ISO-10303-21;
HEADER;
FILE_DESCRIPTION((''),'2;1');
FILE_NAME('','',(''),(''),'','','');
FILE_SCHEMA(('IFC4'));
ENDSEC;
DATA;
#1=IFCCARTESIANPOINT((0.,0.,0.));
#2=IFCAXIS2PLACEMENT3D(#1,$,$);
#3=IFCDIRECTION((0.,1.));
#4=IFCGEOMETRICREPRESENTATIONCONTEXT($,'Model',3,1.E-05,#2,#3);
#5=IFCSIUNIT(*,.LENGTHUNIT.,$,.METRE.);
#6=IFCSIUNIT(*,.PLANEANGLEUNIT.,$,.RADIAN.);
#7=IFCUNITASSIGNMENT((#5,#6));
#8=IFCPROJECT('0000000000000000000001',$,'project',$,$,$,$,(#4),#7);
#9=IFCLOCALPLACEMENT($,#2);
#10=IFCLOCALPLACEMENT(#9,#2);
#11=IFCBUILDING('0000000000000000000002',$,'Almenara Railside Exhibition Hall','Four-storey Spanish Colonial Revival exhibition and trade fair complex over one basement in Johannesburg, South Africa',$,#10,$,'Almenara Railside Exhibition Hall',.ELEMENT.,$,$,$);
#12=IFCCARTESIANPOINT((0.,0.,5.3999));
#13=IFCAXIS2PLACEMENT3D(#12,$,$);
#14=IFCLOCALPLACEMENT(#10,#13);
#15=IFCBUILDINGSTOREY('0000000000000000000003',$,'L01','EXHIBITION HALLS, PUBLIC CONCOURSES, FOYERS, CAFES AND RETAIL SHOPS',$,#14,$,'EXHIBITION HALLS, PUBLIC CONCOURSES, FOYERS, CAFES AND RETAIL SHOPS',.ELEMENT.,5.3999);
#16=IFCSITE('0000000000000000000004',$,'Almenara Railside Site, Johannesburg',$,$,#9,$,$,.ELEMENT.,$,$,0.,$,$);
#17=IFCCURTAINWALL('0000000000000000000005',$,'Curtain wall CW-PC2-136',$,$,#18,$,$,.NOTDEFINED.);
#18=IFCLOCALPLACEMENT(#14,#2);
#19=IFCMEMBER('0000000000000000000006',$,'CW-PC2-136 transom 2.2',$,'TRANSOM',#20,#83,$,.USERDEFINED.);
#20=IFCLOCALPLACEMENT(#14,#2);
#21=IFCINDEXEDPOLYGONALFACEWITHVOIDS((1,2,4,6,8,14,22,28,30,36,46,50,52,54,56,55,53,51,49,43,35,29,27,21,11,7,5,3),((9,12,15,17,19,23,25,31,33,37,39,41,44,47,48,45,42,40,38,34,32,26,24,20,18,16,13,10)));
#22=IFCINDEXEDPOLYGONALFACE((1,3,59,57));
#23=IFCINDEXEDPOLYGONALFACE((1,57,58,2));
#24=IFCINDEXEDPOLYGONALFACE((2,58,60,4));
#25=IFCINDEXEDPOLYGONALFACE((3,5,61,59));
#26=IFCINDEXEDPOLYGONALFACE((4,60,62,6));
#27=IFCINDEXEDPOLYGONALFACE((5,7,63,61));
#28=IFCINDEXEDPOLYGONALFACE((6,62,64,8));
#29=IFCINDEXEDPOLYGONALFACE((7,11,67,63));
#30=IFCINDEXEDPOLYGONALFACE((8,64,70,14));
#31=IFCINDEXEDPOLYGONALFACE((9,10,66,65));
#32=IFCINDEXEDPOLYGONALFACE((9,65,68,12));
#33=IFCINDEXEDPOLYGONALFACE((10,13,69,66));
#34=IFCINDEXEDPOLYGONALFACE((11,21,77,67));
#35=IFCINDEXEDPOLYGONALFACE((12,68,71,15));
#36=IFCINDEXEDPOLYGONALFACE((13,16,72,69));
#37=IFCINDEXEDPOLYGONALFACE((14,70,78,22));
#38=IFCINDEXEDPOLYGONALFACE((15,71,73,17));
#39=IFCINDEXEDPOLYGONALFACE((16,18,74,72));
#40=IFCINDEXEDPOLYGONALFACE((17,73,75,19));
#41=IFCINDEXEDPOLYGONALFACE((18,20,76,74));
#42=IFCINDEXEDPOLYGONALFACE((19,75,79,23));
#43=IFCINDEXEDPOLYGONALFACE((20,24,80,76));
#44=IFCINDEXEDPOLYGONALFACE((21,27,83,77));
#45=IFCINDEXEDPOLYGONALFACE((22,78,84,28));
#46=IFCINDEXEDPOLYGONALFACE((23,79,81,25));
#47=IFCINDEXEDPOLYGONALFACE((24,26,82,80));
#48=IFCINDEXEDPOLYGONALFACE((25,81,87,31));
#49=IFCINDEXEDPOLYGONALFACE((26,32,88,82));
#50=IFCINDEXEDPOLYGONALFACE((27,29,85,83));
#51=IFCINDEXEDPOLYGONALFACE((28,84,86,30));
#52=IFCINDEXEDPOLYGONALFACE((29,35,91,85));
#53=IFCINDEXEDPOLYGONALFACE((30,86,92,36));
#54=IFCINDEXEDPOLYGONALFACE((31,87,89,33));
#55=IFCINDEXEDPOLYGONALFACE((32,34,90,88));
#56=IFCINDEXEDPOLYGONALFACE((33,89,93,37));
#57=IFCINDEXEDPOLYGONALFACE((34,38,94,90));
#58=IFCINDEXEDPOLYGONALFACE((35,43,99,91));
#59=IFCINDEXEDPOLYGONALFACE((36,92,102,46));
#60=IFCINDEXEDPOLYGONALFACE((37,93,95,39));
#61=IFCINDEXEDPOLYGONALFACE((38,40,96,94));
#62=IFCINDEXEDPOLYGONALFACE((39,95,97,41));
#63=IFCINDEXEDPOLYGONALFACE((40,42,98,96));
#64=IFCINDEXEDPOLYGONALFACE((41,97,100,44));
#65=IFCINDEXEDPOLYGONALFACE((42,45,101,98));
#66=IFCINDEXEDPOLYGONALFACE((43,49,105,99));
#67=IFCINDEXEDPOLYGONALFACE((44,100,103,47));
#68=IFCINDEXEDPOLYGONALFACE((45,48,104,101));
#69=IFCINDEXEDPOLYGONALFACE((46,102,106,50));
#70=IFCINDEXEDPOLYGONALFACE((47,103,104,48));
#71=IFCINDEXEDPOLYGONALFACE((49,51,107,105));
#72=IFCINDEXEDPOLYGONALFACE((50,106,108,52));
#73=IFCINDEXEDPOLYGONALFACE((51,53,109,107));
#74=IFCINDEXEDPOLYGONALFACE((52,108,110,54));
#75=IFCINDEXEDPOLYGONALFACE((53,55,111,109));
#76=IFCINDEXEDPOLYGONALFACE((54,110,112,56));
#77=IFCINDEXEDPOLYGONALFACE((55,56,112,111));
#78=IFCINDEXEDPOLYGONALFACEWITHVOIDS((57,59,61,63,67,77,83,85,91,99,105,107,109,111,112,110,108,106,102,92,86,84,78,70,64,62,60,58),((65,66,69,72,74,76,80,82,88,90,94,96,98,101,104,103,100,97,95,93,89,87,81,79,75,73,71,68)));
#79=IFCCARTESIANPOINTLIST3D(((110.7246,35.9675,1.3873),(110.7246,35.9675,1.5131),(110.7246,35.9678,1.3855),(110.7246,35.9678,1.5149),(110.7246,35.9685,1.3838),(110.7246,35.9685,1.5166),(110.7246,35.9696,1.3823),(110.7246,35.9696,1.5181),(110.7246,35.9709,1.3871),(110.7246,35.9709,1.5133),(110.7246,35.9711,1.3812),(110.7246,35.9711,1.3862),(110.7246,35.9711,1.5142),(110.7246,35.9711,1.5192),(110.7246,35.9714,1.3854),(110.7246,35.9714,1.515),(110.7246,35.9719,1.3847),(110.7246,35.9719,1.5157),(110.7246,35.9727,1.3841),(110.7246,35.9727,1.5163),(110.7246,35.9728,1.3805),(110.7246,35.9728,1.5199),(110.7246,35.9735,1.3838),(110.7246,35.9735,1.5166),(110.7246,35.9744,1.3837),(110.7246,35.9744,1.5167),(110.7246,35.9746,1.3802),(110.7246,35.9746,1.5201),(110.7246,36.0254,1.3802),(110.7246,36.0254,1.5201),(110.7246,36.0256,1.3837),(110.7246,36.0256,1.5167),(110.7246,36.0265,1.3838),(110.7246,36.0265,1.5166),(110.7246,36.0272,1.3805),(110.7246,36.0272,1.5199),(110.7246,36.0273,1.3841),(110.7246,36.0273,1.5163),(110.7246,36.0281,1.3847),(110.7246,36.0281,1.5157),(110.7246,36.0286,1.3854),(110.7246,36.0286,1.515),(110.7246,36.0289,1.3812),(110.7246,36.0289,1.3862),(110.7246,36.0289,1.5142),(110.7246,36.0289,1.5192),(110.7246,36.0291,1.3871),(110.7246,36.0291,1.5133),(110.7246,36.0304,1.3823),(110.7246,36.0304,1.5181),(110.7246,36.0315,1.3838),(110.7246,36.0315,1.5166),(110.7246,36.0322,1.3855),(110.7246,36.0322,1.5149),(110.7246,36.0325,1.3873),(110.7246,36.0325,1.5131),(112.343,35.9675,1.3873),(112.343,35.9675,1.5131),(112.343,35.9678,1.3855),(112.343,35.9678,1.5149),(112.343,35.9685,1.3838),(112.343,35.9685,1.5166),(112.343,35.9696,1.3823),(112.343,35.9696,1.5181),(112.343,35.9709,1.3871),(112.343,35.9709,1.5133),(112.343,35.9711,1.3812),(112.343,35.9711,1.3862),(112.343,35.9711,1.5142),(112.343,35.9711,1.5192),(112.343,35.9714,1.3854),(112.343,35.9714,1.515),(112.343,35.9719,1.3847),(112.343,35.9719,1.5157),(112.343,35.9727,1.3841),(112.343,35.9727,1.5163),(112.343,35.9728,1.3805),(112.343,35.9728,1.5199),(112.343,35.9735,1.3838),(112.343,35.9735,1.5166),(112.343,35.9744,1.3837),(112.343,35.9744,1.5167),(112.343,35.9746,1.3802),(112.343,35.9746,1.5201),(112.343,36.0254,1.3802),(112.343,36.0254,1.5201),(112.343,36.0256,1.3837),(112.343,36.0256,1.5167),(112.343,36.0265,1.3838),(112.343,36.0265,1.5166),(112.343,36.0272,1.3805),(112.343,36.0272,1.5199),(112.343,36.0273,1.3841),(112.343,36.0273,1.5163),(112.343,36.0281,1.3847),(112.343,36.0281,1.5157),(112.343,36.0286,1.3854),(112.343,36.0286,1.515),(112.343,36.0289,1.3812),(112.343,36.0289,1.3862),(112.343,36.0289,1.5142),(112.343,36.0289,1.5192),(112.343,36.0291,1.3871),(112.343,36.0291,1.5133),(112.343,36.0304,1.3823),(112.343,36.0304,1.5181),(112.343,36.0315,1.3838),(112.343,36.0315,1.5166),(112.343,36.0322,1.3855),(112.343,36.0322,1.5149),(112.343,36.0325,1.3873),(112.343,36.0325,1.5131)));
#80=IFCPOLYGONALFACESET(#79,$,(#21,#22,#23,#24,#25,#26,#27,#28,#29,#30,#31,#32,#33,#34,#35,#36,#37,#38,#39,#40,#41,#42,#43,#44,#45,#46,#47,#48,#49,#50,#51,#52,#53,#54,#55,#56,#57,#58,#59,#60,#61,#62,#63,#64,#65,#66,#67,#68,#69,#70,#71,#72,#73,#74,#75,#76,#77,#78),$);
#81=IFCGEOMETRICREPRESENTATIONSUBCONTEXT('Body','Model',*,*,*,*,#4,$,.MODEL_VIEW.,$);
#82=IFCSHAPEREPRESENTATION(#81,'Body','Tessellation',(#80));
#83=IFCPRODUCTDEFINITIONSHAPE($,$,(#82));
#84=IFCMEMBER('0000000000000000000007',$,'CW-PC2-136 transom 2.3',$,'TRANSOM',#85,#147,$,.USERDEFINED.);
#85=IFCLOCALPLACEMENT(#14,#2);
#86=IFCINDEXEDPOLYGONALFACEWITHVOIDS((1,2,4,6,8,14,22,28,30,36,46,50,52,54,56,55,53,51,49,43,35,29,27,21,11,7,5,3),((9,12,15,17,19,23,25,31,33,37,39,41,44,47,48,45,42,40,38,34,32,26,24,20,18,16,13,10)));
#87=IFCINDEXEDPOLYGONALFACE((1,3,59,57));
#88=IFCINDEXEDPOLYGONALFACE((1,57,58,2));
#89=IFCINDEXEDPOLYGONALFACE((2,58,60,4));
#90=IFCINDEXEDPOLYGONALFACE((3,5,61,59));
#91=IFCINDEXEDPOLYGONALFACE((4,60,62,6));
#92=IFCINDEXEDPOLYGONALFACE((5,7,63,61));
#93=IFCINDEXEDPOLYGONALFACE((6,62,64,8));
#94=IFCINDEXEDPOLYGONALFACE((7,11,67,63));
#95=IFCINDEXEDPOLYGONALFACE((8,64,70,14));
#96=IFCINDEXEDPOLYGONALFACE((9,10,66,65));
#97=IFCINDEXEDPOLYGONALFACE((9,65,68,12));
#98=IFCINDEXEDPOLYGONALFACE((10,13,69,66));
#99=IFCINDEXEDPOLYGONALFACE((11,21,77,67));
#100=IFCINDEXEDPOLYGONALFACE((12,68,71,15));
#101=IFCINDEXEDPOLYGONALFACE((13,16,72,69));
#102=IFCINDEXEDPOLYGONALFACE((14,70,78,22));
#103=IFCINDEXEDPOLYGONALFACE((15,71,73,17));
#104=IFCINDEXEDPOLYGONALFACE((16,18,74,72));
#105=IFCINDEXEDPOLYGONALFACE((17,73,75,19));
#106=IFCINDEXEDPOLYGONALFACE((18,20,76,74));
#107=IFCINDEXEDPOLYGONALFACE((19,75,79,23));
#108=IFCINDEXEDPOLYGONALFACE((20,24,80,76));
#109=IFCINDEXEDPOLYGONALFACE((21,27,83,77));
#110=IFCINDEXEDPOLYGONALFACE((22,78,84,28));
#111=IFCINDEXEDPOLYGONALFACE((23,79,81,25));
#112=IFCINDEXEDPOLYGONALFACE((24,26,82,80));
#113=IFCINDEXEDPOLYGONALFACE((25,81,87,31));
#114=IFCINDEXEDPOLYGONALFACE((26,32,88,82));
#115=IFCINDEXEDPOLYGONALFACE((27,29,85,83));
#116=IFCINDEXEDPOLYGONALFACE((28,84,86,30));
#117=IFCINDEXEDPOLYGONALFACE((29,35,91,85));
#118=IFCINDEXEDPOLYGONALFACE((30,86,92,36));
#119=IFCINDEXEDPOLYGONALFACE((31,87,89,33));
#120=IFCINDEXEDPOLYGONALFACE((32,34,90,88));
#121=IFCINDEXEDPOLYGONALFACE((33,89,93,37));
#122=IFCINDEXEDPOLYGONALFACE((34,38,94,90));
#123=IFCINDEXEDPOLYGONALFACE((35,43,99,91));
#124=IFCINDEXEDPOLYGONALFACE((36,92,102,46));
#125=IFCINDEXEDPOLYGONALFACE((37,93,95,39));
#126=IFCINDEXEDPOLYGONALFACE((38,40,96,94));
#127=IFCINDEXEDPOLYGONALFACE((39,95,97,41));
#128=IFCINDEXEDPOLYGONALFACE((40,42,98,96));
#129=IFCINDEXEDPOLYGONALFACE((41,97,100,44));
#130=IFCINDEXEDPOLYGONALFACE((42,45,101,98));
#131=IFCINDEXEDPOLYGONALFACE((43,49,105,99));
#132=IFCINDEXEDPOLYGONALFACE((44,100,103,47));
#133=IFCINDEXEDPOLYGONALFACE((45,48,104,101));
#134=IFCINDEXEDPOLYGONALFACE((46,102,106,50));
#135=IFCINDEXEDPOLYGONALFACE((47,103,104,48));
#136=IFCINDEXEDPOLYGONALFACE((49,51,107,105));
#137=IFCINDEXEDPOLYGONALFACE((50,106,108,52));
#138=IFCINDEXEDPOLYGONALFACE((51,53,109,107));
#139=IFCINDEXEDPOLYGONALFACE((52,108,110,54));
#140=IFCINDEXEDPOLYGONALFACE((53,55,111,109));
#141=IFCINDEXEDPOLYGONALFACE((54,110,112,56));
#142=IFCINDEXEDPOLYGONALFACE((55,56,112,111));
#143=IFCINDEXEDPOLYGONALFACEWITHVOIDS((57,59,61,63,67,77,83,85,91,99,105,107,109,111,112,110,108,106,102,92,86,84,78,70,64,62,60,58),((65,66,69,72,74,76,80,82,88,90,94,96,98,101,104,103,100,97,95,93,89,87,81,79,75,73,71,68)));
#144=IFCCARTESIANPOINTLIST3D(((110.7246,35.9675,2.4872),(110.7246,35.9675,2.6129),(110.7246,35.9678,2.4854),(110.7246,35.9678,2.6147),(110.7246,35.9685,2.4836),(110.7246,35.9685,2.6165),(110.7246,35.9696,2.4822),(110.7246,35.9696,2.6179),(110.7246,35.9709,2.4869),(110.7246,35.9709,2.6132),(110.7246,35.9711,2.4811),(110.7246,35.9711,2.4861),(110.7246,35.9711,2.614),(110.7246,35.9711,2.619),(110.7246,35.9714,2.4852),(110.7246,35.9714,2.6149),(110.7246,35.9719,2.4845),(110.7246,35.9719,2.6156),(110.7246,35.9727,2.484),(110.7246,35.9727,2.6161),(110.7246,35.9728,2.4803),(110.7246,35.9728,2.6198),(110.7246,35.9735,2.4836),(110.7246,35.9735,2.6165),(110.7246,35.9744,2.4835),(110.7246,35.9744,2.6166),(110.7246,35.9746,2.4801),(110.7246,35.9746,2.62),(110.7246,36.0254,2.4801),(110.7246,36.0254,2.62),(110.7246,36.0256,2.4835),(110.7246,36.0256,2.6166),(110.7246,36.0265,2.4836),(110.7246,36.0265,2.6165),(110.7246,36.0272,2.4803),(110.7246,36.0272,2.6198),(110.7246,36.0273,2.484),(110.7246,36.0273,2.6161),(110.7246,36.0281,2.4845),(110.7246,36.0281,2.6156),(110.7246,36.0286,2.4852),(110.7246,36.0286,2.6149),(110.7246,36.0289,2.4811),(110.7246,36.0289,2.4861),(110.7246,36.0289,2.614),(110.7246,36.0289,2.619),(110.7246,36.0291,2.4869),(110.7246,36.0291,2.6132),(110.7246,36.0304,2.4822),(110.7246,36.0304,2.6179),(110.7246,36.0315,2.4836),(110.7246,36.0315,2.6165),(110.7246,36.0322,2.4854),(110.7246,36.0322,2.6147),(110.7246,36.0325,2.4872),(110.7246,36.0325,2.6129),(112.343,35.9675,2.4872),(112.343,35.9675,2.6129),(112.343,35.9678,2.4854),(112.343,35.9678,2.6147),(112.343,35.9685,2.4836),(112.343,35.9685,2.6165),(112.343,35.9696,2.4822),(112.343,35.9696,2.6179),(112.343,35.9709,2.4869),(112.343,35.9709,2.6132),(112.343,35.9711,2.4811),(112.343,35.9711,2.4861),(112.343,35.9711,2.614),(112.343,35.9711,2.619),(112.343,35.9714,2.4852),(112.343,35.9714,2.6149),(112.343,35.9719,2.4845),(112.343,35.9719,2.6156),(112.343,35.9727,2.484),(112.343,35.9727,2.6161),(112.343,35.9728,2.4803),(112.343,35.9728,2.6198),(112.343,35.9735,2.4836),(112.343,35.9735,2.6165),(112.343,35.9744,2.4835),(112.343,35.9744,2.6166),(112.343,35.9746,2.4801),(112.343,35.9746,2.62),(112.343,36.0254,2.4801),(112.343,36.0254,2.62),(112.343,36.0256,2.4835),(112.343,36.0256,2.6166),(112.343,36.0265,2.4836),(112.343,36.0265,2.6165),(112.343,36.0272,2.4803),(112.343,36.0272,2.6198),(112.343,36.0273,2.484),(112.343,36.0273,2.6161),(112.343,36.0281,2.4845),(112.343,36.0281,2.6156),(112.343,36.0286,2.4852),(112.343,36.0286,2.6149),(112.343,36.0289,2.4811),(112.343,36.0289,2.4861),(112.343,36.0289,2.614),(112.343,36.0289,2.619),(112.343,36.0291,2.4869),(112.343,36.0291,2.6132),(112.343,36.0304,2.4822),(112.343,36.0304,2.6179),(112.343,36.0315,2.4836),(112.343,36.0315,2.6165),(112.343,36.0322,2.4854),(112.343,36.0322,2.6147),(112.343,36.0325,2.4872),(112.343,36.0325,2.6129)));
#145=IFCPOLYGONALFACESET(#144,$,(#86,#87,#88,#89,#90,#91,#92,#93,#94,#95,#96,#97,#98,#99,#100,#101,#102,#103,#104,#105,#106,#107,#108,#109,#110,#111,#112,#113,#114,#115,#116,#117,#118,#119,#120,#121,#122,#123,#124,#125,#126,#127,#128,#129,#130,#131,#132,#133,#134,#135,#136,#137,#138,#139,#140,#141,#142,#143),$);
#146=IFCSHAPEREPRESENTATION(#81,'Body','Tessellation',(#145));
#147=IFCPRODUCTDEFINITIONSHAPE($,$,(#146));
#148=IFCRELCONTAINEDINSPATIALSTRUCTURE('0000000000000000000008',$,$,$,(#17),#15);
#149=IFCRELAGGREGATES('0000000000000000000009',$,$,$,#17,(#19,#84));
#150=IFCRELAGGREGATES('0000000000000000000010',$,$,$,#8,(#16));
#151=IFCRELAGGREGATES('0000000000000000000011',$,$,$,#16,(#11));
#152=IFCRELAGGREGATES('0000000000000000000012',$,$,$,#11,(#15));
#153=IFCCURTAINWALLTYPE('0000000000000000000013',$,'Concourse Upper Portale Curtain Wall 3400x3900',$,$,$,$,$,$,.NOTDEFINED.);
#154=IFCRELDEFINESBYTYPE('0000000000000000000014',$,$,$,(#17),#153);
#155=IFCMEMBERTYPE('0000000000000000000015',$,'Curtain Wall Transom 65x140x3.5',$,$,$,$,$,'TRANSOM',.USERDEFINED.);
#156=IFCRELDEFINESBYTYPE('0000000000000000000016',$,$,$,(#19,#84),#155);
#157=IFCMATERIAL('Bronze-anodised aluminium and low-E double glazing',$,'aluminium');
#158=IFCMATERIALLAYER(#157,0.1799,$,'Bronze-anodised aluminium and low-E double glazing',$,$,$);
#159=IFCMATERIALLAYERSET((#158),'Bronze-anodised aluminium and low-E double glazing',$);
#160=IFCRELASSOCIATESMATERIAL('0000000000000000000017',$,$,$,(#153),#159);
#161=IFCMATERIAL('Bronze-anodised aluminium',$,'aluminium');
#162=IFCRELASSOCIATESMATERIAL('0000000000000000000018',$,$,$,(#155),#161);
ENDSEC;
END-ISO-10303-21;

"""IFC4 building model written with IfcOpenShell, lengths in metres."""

from ifc_helpers import new_model, si_unit, direction, frame, origin, origin_2d, place, context, subcontext, project, spatial, hollow_rectangle, extrude, material, layer, layer_set, material_profile, profile_set, type_object, element, aggregate, save


model = new_model("IFC4")

# Units and contexts
model_context = context("Model", 3, precision=1e-05, world=origin(), true_north=direction((0.0, 1.0)))
body_context = subcontext(model_context, "Body", "Model", "MODEL_VIEW")
ifc_project = project(units=[si_unit("LENGTHUNIT", "METRE"), si_unit("PLANEANGLEUNIT", "RADIAN")], contexts=[model_context])

# Site, building, storey
site_placement = place(None, origin())
site = spatial("IfcSite", under=ifc_project, at=site_placement, Name="Almenara Railside Site, Johannesburg", CompositionType="ELEMENT", RefElevation=0.0)
building_placement = place(site_placement, origin())
building = spatial("IfcBuilding", under=site, at=building_placement, Name="Almenara Railside Exhibition Hall", Description="Four-storey Spanish Colonial Revival exhibition and trade fair complex over one basement in Johannesburg, South Africa", LongName="Almenara Railside Exhibition Hall", CompositionType="ELEMENT")
storey_placement = place(building_placement, frame((0.0, 0.0, 5.3999)))
storey = spatial("IfcBuildingStorey", under=building, at=storey_placement, Name="L01", Description="EXHIBITION HALLS, PUBLIC CONCOURSES, FOYERS, CAFES AND RETAIL SHOPS", LongName="EXHIBITION HALLS, PUBLIC CONCOURSES, FOYERS, CAFES AND RETAIL SHOPS", CompositionType="ELEMENT", Elevation=5.3999)

# Shared definitions
ifc_material_1 = material(Name="Bronze-anodised aluminium and low-E double glazing", Category="aluminium")
ifc_material_2 = material(Name="Bronze-anodised aluminium", Category="aluminium")

# Curtain wall
ifc_layer_1 = layer(ifc_material_1, 0.1799, Name="Bronze-anodised aluminium and low-E double glazing")
ifc_layer_set_1 = layer_set([ifc_layer_1], Name="Bronze-anodised aluminium and low-E double glazing")
curtain_wall_type_1 = type_object("IfcCurtainWallType", Name="Concourse Upper Portale Curtain Wall 3400x3900", PredefinedType="NOTDEFINED", material=ifc_layer_set_1)
curtain_wall_1_placement = place(storey_placement, origin())
curtain_wall_1 = element("IfcCurtainWall", 1, at=curtain_wall_1_placement, inside=storey, type_object=curtain_wall_type_1, Name="Curtain wall CW-PC2-136", PredefinedType="NOTDEFINED")

# Members
ifc_material_profile_1 = material_profile(ifc_material_2, hollow_rectangle(XDim=0.0649, YDim=0.1399, WallThickness=0.0034, InnerFilletRadius=0.0034, OuterFilletRadius=0.0071, at=origin_2d()), Name="ALU-TRN 65x140x3.5")
ifc_profile_set_1 = profile_set([ifc_material_profile_1], Name="Bronze-anodised aluminium")
member_type_1 = type_object("IfcMemberType", Name="Curtain Wall Transom 65x140x3.5", ElementType="TRANSOM", PredefinedType="USERDEFINED", material=ifc_profile_set_1)
member_1_placement = place(storey_placement, frame((110.7246, 36.0, 1.4502), z_axis=(1.0, 0.0, 0.0), x_axis=(0.0, 1.0, 0.0)))
member_1 = element("IfcMember", 2, at=member_1_placement, type_object=member_type_1, Name="CW-PC2-136 transom 2.2", ObjectType="TRANSOM", PredefinedType="USERDEFINED", context=body_context, shape_type="SweptSolid", body=[
    extrude(hollow_rectangle(XDim=0.0649, YDim=0.1399, WallThickness=0.0034, InnerFilletRadius=0.0034, OuterFilletRadius=0.0071, at=origin_2d()), origin(), (0.0, 0.0, 1.0), 1.6184),
])
member_2_placement = place(storey_placement, frame((110.7246, 36.0, 2.55), z_axis=(1.0, 0.0, 0.0), x_axis=(0.0, 1.0, 0.0)))
member_2 = element("IfcMember", 3, at=member_2_placement, type_object=member_type_1, Name="CW-PC2-136 transom 2.3", ObjectType="TRANSOM", PredefinedType="USERDEFINED", context=body_context, shape_type="SweptSolid", body=[
    extrude(hollow_rectangle(XDim=0.0649, YDim=0.1399, WallThickness=0.0034, InnerFilletRadius=0.0034, OuterFilletRadius=0.0071, at=origin_2d()), origin(), (0.0, 0.0, 1.0), 1.6184),
])

aggregate(curtain_wall_1, [member_1, member_2])

save(model, "model.ifc")
